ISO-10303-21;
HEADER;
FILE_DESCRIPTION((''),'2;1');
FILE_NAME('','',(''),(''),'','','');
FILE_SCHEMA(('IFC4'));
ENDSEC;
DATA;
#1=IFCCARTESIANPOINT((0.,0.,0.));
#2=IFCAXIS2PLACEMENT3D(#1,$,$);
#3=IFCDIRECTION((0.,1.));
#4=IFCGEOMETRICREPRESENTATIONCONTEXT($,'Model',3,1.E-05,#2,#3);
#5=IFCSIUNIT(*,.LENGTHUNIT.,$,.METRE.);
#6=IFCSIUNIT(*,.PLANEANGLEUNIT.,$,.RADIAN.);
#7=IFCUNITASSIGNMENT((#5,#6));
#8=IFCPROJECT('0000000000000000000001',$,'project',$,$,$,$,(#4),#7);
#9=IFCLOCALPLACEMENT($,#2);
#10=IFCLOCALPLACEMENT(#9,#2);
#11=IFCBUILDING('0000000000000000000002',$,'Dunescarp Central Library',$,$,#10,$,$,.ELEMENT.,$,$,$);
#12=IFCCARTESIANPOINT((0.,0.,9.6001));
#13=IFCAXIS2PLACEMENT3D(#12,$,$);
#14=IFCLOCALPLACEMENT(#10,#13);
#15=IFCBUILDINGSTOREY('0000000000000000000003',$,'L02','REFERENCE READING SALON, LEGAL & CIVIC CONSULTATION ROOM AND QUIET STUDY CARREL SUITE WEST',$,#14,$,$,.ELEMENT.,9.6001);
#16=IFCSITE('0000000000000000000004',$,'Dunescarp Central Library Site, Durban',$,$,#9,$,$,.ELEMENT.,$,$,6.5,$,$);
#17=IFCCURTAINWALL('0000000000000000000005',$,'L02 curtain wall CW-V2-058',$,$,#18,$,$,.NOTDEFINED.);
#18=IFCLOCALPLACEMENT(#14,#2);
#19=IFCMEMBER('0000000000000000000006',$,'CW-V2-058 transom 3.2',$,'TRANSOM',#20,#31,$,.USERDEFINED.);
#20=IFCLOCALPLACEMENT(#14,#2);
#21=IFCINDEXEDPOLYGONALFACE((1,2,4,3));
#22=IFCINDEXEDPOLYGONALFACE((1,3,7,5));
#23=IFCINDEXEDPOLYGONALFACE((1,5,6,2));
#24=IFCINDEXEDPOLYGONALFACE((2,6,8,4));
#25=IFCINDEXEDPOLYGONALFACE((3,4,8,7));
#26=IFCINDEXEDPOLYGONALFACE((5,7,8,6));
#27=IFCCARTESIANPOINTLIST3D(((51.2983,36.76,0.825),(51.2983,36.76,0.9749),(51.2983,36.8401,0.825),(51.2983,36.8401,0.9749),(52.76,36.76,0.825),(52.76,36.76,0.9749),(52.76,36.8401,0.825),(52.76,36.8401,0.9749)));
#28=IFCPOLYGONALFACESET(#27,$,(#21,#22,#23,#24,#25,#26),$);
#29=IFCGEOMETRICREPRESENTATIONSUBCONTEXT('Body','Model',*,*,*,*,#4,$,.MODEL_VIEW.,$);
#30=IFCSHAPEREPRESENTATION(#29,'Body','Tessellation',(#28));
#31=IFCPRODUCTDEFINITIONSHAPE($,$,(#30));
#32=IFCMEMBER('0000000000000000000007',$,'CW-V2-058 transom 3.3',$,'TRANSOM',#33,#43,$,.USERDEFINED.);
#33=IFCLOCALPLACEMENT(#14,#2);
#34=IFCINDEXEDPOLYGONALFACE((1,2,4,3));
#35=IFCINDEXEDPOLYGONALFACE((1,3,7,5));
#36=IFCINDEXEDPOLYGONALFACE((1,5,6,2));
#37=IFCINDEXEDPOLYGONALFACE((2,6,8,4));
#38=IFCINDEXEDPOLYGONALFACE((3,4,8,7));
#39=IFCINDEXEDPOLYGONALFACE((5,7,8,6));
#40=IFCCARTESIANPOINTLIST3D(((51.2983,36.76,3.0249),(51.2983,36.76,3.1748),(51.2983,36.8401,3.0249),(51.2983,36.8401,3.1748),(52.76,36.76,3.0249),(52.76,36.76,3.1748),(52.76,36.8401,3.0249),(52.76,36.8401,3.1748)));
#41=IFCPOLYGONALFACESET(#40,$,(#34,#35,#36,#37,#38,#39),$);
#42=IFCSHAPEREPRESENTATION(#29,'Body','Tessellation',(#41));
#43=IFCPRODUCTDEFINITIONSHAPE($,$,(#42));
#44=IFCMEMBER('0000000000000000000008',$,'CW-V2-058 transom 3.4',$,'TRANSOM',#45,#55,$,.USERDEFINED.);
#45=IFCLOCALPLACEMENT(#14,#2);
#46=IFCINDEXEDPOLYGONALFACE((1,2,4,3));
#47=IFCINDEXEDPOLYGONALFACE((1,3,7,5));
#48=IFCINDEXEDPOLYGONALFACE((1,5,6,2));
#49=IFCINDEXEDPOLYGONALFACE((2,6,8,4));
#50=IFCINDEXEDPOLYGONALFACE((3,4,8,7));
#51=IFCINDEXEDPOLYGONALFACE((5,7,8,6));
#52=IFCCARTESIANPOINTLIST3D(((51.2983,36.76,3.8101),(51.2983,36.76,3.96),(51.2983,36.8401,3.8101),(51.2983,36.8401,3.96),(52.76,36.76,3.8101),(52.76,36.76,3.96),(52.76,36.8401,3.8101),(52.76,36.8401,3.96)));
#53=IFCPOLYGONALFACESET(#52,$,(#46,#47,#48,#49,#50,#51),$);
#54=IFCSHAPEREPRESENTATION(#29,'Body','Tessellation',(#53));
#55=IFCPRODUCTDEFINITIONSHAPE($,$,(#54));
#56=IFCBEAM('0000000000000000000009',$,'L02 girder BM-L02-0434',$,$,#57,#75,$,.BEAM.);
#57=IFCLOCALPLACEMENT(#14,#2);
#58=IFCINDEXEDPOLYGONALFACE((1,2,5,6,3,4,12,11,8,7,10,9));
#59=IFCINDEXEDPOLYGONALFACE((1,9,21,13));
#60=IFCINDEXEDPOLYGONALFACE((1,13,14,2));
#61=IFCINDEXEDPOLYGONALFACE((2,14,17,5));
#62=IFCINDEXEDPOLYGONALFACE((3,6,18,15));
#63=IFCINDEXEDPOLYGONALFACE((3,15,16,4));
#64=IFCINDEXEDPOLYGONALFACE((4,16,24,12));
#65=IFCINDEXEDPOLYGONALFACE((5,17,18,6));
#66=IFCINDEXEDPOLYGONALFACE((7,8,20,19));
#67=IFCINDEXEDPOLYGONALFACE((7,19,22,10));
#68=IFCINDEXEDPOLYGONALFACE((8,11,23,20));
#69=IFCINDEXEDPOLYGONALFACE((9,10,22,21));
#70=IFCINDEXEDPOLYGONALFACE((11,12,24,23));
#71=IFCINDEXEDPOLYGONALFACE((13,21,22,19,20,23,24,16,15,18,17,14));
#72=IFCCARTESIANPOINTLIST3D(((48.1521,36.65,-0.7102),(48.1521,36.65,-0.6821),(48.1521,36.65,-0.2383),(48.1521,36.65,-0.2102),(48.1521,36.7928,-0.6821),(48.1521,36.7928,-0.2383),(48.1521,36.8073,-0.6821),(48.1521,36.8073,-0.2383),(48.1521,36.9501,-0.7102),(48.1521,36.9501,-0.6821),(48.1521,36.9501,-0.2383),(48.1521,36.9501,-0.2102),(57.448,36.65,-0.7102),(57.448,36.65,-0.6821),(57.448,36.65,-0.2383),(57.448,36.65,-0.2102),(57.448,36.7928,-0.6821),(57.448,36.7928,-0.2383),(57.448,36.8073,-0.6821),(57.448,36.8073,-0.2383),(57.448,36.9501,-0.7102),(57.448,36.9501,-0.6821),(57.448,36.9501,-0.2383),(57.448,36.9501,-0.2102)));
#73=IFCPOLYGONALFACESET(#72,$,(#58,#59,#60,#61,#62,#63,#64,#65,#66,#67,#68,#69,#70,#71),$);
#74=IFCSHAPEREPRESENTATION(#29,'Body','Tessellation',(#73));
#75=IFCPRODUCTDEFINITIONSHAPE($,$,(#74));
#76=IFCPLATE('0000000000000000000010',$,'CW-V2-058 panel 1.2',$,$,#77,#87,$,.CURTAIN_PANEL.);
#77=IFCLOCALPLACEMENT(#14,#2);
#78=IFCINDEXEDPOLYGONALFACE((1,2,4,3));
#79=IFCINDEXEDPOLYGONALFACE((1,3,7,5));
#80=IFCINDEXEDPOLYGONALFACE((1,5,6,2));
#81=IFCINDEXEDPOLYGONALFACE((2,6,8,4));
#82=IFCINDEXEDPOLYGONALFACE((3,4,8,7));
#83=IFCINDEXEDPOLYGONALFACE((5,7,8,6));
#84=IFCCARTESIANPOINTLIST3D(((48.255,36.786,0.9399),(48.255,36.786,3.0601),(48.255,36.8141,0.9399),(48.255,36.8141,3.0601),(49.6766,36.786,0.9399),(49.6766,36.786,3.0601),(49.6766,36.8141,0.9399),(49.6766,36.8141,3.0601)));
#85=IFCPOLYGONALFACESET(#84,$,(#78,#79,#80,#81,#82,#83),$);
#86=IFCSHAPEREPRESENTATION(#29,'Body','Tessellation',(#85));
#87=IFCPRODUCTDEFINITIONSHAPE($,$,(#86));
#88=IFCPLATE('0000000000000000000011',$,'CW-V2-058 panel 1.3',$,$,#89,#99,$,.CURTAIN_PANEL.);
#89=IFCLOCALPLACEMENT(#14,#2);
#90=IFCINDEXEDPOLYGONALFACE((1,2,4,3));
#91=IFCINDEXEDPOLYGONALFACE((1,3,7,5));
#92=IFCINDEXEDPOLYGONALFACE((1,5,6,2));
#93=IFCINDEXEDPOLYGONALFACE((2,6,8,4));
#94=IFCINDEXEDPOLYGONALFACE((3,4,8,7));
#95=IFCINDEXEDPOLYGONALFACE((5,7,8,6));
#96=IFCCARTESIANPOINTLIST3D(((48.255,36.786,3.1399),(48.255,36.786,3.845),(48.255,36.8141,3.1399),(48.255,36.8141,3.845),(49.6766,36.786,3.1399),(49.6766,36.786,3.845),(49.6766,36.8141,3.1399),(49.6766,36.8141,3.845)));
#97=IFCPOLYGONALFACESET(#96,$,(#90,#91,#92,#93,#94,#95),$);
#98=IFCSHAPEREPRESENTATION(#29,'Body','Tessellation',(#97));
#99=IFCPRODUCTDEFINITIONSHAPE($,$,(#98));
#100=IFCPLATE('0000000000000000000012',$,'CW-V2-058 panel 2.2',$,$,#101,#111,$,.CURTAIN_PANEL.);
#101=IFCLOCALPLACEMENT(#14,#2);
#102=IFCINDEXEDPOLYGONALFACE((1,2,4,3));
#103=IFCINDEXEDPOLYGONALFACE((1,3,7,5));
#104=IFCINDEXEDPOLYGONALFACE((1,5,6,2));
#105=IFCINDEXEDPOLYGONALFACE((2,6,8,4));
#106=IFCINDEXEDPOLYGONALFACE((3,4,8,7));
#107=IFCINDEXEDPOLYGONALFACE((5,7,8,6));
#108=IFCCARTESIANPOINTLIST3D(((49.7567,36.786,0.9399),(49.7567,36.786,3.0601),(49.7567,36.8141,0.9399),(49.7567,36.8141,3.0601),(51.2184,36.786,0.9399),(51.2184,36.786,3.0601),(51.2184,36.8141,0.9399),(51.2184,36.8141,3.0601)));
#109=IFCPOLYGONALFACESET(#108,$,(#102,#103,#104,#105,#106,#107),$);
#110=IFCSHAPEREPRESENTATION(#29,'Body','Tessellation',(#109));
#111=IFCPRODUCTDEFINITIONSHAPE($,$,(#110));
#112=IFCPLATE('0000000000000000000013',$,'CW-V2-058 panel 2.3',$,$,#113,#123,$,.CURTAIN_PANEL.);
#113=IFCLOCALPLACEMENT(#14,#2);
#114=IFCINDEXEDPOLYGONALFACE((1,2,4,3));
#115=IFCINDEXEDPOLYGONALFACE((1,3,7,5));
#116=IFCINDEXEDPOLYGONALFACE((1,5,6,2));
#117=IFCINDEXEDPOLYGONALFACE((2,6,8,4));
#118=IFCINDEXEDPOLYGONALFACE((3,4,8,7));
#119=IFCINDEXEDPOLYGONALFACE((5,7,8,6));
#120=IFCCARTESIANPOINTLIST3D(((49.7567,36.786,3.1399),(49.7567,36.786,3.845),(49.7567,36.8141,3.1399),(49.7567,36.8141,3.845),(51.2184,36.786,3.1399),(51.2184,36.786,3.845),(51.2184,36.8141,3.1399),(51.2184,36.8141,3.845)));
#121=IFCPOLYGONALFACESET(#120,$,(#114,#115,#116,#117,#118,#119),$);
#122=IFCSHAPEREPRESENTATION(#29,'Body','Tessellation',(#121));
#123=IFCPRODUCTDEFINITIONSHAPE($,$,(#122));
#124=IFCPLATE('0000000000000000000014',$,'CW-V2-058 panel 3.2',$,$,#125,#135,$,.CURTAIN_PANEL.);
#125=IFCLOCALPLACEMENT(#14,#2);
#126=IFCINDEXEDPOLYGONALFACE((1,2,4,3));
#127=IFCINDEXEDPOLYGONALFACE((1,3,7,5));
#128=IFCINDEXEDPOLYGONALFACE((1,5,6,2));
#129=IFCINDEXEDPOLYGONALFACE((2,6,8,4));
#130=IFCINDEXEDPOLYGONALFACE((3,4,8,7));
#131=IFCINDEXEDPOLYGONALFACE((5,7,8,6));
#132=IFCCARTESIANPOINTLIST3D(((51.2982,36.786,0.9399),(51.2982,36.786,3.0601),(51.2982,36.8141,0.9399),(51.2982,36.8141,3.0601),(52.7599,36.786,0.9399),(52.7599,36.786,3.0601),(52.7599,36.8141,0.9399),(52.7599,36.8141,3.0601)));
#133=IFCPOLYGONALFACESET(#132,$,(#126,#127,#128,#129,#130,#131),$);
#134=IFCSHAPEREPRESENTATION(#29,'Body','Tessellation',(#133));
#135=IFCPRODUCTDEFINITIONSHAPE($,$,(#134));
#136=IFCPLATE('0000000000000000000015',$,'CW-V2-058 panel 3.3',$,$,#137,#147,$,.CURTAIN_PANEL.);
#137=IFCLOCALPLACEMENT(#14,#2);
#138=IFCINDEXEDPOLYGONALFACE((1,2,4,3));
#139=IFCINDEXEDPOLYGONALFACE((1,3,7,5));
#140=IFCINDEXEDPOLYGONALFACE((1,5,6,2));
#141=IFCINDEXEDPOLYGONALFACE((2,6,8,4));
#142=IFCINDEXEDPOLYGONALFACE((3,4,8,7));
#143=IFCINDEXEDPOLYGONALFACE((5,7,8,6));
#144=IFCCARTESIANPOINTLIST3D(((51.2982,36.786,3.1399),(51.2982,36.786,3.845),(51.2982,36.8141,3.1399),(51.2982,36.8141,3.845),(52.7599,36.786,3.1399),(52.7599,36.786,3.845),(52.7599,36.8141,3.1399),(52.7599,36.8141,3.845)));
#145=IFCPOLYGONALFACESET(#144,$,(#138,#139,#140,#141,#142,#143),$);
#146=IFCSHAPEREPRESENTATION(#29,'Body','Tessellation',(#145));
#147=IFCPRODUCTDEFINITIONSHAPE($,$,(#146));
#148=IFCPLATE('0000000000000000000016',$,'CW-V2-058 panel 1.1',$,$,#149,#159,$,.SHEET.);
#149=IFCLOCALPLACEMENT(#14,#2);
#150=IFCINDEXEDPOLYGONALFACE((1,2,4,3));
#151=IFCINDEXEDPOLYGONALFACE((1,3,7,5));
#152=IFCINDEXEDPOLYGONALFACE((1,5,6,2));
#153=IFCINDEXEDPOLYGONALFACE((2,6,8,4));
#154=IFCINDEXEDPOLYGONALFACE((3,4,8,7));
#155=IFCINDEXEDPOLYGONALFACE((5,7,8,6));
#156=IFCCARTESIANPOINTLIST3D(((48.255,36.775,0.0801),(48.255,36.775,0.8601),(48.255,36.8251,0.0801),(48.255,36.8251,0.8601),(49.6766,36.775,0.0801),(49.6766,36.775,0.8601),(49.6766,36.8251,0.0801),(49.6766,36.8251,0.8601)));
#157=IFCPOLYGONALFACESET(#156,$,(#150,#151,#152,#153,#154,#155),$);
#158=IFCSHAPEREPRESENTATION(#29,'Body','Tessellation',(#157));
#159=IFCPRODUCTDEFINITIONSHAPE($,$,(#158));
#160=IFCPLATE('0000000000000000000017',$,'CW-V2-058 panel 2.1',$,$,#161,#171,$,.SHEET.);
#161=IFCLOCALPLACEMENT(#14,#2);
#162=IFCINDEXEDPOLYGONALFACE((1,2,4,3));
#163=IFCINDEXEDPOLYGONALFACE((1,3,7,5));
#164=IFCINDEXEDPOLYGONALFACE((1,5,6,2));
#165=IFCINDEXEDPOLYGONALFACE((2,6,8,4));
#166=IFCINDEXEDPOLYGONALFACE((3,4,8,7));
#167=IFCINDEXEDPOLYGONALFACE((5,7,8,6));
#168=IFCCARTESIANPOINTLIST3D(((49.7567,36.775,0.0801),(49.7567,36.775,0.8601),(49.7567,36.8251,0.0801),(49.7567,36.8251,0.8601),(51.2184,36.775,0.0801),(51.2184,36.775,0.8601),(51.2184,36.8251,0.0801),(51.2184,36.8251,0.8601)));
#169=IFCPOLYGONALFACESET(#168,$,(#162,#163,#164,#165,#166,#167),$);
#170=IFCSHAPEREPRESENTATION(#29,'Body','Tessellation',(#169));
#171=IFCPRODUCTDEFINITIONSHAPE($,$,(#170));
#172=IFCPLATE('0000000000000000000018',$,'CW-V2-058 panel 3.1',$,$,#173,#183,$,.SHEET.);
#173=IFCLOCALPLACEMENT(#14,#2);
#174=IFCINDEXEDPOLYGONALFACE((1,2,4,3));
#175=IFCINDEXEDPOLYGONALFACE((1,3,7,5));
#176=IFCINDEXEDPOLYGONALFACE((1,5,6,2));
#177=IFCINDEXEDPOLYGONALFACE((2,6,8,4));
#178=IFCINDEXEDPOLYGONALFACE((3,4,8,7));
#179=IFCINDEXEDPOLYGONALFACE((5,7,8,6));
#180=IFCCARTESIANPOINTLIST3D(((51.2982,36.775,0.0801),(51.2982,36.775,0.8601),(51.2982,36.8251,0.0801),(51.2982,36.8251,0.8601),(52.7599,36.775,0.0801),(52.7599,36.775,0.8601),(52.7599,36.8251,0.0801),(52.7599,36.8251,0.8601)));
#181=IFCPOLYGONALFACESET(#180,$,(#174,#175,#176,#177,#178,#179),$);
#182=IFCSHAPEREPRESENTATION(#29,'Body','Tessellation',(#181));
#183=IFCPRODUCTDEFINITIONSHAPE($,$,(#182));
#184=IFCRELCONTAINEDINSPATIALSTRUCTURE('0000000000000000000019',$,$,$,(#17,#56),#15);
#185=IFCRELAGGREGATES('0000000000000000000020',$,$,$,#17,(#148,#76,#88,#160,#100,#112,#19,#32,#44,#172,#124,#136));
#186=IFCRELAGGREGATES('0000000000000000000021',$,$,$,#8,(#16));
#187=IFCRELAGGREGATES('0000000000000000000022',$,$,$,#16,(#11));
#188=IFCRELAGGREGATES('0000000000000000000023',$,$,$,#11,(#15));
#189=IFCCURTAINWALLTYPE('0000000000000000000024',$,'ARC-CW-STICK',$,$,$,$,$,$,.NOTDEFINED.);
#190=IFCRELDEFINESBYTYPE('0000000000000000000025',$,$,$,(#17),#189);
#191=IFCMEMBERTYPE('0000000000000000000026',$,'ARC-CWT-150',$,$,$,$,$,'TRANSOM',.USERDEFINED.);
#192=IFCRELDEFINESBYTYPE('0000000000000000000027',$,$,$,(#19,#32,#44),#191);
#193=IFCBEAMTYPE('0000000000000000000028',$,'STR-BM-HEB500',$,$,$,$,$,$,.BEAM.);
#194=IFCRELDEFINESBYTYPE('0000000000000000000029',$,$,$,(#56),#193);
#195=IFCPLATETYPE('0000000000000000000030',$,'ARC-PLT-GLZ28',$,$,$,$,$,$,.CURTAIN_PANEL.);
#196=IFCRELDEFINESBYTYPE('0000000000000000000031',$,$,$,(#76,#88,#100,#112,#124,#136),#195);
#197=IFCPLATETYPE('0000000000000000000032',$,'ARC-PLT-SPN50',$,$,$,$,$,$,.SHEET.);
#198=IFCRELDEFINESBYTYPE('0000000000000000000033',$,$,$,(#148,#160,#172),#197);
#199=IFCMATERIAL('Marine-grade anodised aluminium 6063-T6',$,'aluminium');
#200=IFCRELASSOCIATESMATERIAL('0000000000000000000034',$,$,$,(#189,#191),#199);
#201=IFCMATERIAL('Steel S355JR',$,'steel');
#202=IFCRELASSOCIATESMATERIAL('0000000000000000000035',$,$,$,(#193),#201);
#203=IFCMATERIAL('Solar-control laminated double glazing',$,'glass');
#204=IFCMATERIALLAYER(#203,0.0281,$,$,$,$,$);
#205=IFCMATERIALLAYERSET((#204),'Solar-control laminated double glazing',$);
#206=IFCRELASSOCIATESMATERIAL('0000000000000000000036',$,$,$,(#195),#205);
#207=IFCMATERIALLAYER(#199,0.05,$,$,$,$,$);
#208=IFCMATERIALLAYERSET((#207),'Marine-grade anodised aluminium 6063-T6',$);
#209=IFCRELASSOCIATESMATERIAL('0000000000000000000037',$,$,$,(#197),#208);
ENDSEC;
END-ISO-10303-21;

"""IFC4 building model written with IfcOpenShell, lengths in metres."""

from ifc_helpers import new_model, si_unit, direction, frame, origin, origin_2d, place, context, subcontext, project, spatial, rectangle, i_section, extrude, material, layer, layer_set, material_profile, profile_set, type_object, element, aggregate, save


model = new_model("IFC4")

# Units and contexts
model_context = context("Model", 3, precision=1e-05, world=origin(), true_north=direction((0.0, 1.0)))
body_context = subcontext(model_context, "Body", "Model", "MODEL_VIEW")
ifc_project = project(units=[si_unit("LENGTHUNIT", "METRE"), si_unit("PLANEANGLEUNIT", "RADIAN")], contexts=[model_context])

# Site, building, storey
site_placement = place(None, origin())
site = spatial("IfcSite", under=ifc_project, at=site_placement, Name="Dunescarp Central Library Site, Durban", CompositionType="ELEMENT", RefElevation=6.5)
building_placement = place(site_placement, origin())
building = spatial("IfcBuilding", under=site, at=building_placement, Name="Dunescarp Central Library", CompositionType="ELEMENT")
storey_placement = place(building_placement, frame((0.0, 0.0, 9.6001)))
storey = spatial("IfcBuildingStorey", under=building, at=storey_placement, Name="L02", Description="REFERENCE READING SALON, LEGAL & CIVIC CONSULTATION ROOM AND QUIET STUDY CARREL SUITE WEST", CompositionType="ELEMENT", Elevation=9.6001)

# Shared definitions
ifc_material_1 = material(Name="Steel S355JR", Category="steel")

# Shared definitions
ifc_material_2 = material(Name="Marine-grade anodised aluminium 6063-T6", Category="aluminium")
curtain_wall_type = type_object("IfcCurtainWallType", Name="ARC-CW-STICK", PredefinedType="NOTDEFINED", material=ifc_material_2)

# Curtain wall, members
curtain_wall_1_placement = place(storey_placement, origin())
curtain_wall_1 = element("IfcCurtainWall", 1, at=curtain_wall_1_placement, inside=storey, type_object=curtain_wall_type, Name="L02 curtain wall CW-V2-058", PredefinedType="NOTDEFINED")
ifc_material_profile_1 = material_profile(ifc_material_2, rectangle(XDim=0.0801, YDim=0.1499, at=origin_2d()), Name="AL 80x150")
ifc_profile_set_1 = profile_set([ifc_material_profile_1], Name="Marine-grade anodised aluminium 6063-T6")
member_type_1 = type_object("IfcMemberType", Name="ARC-CWT-150", ElementType="TRANSOM", PredefinedType="USERDEFINED", material=ifc_profile_set_1)
member_1_placement = place(storey_placement, frame((51.2983, 36.8, 0.8999), z_axis=(1.0, 0.0, 0.0), x_axis=(0.0, 1.0, 0.0)))
member_1 = element("IfcMember", 2, at=member_1_placement, type_object=member_type_1, Name="CW-V2-058 transom 3.2", ObjectType="TRANSOM", PredefinedType="USERDEFINED", context=body_context, shape_type="SweptSolid", body=[
    extrude(rectangle(XDim=0.0801, YDim=0.1499, at=origin_2d()), origin(), (0.0, 0.0, 1.0), 1.4617),
])
member_2_placement = place(storey_placement, frame((51.2983, 36.8, 3.0999), z_axis=(1.0, 0.0, 0.0), x_axis=(0.0, 1.0, 0.0)))
member_2 = element("IfcMember", 3, at=member_2_placement, type_object=member_type_1, Name="CW-V2-058 transom 3.3", ObjectType="TRANSOM", PredefinedType="USERDEFINED", context=body_context, shape_type="SweptSolid", body=[
    extrude(rectangle(XDim=0.0801, YDim=0.1499, at=origin_2d()), origin(), (0.0, 0.0, 1.0), 1.4617),
])
member_3_placement = place(storey_placement, frame((51.2983, 36.8, 3.885), z_axis=(1.0, 0.0, 0.0), x_axis=(0.0, 1.0, 0.0)))
member_3 = element("IfcMember", 4, at=member_3_placement, type_object=member_type_1, Name="CW-V2-058 transom 3.4", ObjectType="TRANSOM", PredefinedType="USERDEFINED", context=body_context, shape_type="SweptSolid", body=[
    extrude(rectangle(XDim=0.0801, YDim=0.1499, at=origin_2d()), origin(), (0.0, 0.0, 1.0), 1.4617),
])

# Beam
ifc_material_profile_2 = material_profile(ifc_material_1, i_section(OverallWidth=0.3, OverallDepth=0.5, WebThickness=0.0144, FlangeThickness=0.0281, at=origin_2d()), Name="HEB 500")
ifc_profile_set_2 = profile_set([ifc_material_profile_2], Name="Steel S355JR")
beam_type = type_object("IfcBeamType", Name="STR-BM-HEB500", PredefinedType="BEAM", material=ifc_profile_set_2)
beam_placement = place(storey_placement, frame((48.1521, 36.8, -0.4602), z_axis=(1.0, 0.0, 0.0), x_axis=(0.0, 1.0, 0.0)))
element("IfcBeam", 5, at=beam_placement, inside=storey, type_object=beam_type, Name="L02 girder BM-L02-0434", PredefinedType="BEAM", context=body_context, shape_type="SweptSolid", body=[
    extrude(i_section(OverallWidth=0.3, OverallDepth=0.5, WebThickness=0.0144, FlangeThickness=0.0281, at=origin_2d()), origin(), (0.0, 0.0, 1.0), 9.2959),
])

# Plates
ifc_material_3 = material(Name="Solar-control laminated double glazing", Category="glass")
ifc_layer_1 = layer(ifc_material_3, 0.0281)
ifc_layer_set_1 = layer_set([ifc_layer_1], Name="Solar-control laminated double glazing")
plate_type_1 = type_object("IfcPlateType", Name="ARC-PLT-GLZ28", PredefinedType="CURTAIN_PANEL", material=ifc_layer_set_1)
plate_1_placement = place(storey_placement, frame((48.9658, 36.8, 0.9399), z_axis=(0.0, 0.0, 1.0), x_axis=(1.0, 0.0, 0.0)))
plate_1 = element("IfcPlate", 6, at=plate_1_placement, type_object=plate_type_1, Name="CW-V2-058 panel 1.2", PredefinedType="CURTAIN_PANEL", context=body_context, shape_type="SweptSolid", body=[
    extrude(rectangle(XDim=1.4216, YDim=0.0281, at=origin_2d()), origin(), (0.0, 0.0, 1.0), 2.1201),
])
plate_2_placement = place(storey_placement, frame((48.9658, 36.8, 3.1399), z_axis=(0.0, 0.0, 1.0), x_axis=(1.0, 0.0, 0.0)))
plate_2 = element("IfcPlate", 7, at=plate_2_placement, type_object=plate_type_1, Name="CW-V2-058 panel 1.3", PredefinedType="CURTAIN_PANEL", context=body_context, shape_type="SweptSolid", body=[
    extrude(rectangle(XDim=1.4216, YDim=0.0281, at=origin_2d()), origin(), (0.0, 0.0, 1.0), 0.7051),
])
plate_3_placement = place(storey_placement, frame((50.4875, 36.8, 0.9399), z_axis=(0.0, 0.0, 1.0), x_axis=(1.0, 0.0, 0.0)))
plate_3 = element("IfcPlate", 8, at=plate_3_placement, type_object=plate_type_1, Name="CW-V2-058 panel 2.2", PredefinedType="CURTAIN_PANEL", context=body_context, shape_type="SweptSolid", body=[
    extrude(rectangle(XDim=1.4617, YDim=0.0281, at=origin_2d()), origin(), (0.0, 0.0, 1.0), 2.1201),
])
plate_4_placement = place(storey_placement, frame((50.4875, 36.8, 3.1399), z_axis=(0.0, 0.0, 1.0), x_axis=(1.0, 0.0, 0.0)))
plate_4 = element("IfcPlate", 9, at=plate_4_placement, type_object=plate_type_1, Name="CW-V2-058 panel 2.3", PredefinedType="CURTAIN_PANEL", context=body_context, shape_type="SweptSolid", body=[
    extrude(rectangle(XDim=1.4617, YDim=0.0281, at=origin_2d()), origin(), (0.0, 0.0, 1.0), 0.7051),
])
plate_5_placement = place(storey_placement, frame((52.0291, 36.8, 0.9399), z_axis=(0.0, 0.0, 1.0), x_axis=(1.0, 0.0, 0.0)))
plate_5 = element("IfcPlate", 10, at=plate_5_placement, type_object=plate_type_1, Name="CW-V2-058 panel 3.2", PredefinedType="CURTAIN_PANEL", context=body_context, shape_type="SweptSolid", body=[
    extrude(rectangle(XDim=1.4617, YDim=0.0281, at=origin_2d()), origin(), (0.0, 0.0, 1.0), 2.1201),
])
plate_6_placement = place(storey_placement, frame((52.0291, 36.8, 3.1399), z_axis=(0.0, 0.0, 1.0), x_axis=(1.0, 0.0, 0.0)))
plate_6 = element("IfcPlate", 11, at=plate_6_placement, type_object=plate_type_1, Name="CW-V2-058 panel 3.3", PredefinedType="CURTAIN_PANEL", context=body_context, shape_type="SweptSolid", body=[
    extrude(rectangle(XDim=1.4617, YDim=0.0281, at=origin_2d()), origin(), (0.0, 0.0, 1.0), 0.7051),
])
ifc_layer_2 = layer(ifc_material_2, 0.05)
ifc_layer_set_2 = layer_set([ifc_layer_2], Name="Marine-grade anodised aluminium 6063-T6")
plate_type_2 = type_object("IfcPlateType", Name="ARC-PLT-SPN50", PredefinedType="SHEET", material=ifc_layer_set_2)
plate_7_placement = place(storey_placement, frame((48.9658, 36.8, 0.0801), z_axis=(0.0, 0.0, 1.0), x_axis=(1.0, 0.0, 0.0)))
plate_7 = element("IfcPlate", 12, at=plate_7_placement, type_object=plate_type_2, Name="CW-V2-058 panel 1.1", PredefinedType="SHEET", context=body_context, shape_type="SweptSolid", body=[
    extrude(rectangle(XDim=1.4216, YDim=0.05, at=origin_2d()), origin(), (0.0, 0.0, 1.0), 0.78),
])
plate_8_placement = place(storey_placement, frame((50.4875, 36.8, 0.0801), z_axis=(0.0, 0.0, 1.0), x_axis=(1.0, 0.0, 0.0)))
plate_8 = element("IfcPlate", 13, at=plate_8_placement, type_object=plate_type_2, Name="CW-V2-058 panel 2.1", PredefinedType="SHEET", context=body_context, shape_type="SweptSolid", body=[
    extrude(rectangle(XDim=1.4617, YDim=0.05, at=origin_2d()), origin(), (0.0, 0.0, 1.0), 0.78),
])
plate_9_placement = place(storey_placement, frame((52.0291, 36.8, 0.0801), z_axis=(0.0, 0.0, 1.0), x_axis=(1.0, 0.0, 0.0)))
plate_9 = element("IfcPlate", 14, at=plate_9_placement, type_object=plate_type_2, Name="CW-V2-058 panel 3.1", PredefinedType="SHEET", context=body_context, shape_type="SweptSolid", body=[
    extrude(rectangle(XDim=1.4617, YDim=0.05, at=origin_2d()), origin(), (0.0, 0.0, 1.0), 0.78),
])
aggregate(curtain_wall_1, [plate_7, plate_1, plate_2, plate_8, plate_3, plate_4, member_1, member_2, member_3, plate_9, plate_5, plate_6])

save(model, "model.ifc")
